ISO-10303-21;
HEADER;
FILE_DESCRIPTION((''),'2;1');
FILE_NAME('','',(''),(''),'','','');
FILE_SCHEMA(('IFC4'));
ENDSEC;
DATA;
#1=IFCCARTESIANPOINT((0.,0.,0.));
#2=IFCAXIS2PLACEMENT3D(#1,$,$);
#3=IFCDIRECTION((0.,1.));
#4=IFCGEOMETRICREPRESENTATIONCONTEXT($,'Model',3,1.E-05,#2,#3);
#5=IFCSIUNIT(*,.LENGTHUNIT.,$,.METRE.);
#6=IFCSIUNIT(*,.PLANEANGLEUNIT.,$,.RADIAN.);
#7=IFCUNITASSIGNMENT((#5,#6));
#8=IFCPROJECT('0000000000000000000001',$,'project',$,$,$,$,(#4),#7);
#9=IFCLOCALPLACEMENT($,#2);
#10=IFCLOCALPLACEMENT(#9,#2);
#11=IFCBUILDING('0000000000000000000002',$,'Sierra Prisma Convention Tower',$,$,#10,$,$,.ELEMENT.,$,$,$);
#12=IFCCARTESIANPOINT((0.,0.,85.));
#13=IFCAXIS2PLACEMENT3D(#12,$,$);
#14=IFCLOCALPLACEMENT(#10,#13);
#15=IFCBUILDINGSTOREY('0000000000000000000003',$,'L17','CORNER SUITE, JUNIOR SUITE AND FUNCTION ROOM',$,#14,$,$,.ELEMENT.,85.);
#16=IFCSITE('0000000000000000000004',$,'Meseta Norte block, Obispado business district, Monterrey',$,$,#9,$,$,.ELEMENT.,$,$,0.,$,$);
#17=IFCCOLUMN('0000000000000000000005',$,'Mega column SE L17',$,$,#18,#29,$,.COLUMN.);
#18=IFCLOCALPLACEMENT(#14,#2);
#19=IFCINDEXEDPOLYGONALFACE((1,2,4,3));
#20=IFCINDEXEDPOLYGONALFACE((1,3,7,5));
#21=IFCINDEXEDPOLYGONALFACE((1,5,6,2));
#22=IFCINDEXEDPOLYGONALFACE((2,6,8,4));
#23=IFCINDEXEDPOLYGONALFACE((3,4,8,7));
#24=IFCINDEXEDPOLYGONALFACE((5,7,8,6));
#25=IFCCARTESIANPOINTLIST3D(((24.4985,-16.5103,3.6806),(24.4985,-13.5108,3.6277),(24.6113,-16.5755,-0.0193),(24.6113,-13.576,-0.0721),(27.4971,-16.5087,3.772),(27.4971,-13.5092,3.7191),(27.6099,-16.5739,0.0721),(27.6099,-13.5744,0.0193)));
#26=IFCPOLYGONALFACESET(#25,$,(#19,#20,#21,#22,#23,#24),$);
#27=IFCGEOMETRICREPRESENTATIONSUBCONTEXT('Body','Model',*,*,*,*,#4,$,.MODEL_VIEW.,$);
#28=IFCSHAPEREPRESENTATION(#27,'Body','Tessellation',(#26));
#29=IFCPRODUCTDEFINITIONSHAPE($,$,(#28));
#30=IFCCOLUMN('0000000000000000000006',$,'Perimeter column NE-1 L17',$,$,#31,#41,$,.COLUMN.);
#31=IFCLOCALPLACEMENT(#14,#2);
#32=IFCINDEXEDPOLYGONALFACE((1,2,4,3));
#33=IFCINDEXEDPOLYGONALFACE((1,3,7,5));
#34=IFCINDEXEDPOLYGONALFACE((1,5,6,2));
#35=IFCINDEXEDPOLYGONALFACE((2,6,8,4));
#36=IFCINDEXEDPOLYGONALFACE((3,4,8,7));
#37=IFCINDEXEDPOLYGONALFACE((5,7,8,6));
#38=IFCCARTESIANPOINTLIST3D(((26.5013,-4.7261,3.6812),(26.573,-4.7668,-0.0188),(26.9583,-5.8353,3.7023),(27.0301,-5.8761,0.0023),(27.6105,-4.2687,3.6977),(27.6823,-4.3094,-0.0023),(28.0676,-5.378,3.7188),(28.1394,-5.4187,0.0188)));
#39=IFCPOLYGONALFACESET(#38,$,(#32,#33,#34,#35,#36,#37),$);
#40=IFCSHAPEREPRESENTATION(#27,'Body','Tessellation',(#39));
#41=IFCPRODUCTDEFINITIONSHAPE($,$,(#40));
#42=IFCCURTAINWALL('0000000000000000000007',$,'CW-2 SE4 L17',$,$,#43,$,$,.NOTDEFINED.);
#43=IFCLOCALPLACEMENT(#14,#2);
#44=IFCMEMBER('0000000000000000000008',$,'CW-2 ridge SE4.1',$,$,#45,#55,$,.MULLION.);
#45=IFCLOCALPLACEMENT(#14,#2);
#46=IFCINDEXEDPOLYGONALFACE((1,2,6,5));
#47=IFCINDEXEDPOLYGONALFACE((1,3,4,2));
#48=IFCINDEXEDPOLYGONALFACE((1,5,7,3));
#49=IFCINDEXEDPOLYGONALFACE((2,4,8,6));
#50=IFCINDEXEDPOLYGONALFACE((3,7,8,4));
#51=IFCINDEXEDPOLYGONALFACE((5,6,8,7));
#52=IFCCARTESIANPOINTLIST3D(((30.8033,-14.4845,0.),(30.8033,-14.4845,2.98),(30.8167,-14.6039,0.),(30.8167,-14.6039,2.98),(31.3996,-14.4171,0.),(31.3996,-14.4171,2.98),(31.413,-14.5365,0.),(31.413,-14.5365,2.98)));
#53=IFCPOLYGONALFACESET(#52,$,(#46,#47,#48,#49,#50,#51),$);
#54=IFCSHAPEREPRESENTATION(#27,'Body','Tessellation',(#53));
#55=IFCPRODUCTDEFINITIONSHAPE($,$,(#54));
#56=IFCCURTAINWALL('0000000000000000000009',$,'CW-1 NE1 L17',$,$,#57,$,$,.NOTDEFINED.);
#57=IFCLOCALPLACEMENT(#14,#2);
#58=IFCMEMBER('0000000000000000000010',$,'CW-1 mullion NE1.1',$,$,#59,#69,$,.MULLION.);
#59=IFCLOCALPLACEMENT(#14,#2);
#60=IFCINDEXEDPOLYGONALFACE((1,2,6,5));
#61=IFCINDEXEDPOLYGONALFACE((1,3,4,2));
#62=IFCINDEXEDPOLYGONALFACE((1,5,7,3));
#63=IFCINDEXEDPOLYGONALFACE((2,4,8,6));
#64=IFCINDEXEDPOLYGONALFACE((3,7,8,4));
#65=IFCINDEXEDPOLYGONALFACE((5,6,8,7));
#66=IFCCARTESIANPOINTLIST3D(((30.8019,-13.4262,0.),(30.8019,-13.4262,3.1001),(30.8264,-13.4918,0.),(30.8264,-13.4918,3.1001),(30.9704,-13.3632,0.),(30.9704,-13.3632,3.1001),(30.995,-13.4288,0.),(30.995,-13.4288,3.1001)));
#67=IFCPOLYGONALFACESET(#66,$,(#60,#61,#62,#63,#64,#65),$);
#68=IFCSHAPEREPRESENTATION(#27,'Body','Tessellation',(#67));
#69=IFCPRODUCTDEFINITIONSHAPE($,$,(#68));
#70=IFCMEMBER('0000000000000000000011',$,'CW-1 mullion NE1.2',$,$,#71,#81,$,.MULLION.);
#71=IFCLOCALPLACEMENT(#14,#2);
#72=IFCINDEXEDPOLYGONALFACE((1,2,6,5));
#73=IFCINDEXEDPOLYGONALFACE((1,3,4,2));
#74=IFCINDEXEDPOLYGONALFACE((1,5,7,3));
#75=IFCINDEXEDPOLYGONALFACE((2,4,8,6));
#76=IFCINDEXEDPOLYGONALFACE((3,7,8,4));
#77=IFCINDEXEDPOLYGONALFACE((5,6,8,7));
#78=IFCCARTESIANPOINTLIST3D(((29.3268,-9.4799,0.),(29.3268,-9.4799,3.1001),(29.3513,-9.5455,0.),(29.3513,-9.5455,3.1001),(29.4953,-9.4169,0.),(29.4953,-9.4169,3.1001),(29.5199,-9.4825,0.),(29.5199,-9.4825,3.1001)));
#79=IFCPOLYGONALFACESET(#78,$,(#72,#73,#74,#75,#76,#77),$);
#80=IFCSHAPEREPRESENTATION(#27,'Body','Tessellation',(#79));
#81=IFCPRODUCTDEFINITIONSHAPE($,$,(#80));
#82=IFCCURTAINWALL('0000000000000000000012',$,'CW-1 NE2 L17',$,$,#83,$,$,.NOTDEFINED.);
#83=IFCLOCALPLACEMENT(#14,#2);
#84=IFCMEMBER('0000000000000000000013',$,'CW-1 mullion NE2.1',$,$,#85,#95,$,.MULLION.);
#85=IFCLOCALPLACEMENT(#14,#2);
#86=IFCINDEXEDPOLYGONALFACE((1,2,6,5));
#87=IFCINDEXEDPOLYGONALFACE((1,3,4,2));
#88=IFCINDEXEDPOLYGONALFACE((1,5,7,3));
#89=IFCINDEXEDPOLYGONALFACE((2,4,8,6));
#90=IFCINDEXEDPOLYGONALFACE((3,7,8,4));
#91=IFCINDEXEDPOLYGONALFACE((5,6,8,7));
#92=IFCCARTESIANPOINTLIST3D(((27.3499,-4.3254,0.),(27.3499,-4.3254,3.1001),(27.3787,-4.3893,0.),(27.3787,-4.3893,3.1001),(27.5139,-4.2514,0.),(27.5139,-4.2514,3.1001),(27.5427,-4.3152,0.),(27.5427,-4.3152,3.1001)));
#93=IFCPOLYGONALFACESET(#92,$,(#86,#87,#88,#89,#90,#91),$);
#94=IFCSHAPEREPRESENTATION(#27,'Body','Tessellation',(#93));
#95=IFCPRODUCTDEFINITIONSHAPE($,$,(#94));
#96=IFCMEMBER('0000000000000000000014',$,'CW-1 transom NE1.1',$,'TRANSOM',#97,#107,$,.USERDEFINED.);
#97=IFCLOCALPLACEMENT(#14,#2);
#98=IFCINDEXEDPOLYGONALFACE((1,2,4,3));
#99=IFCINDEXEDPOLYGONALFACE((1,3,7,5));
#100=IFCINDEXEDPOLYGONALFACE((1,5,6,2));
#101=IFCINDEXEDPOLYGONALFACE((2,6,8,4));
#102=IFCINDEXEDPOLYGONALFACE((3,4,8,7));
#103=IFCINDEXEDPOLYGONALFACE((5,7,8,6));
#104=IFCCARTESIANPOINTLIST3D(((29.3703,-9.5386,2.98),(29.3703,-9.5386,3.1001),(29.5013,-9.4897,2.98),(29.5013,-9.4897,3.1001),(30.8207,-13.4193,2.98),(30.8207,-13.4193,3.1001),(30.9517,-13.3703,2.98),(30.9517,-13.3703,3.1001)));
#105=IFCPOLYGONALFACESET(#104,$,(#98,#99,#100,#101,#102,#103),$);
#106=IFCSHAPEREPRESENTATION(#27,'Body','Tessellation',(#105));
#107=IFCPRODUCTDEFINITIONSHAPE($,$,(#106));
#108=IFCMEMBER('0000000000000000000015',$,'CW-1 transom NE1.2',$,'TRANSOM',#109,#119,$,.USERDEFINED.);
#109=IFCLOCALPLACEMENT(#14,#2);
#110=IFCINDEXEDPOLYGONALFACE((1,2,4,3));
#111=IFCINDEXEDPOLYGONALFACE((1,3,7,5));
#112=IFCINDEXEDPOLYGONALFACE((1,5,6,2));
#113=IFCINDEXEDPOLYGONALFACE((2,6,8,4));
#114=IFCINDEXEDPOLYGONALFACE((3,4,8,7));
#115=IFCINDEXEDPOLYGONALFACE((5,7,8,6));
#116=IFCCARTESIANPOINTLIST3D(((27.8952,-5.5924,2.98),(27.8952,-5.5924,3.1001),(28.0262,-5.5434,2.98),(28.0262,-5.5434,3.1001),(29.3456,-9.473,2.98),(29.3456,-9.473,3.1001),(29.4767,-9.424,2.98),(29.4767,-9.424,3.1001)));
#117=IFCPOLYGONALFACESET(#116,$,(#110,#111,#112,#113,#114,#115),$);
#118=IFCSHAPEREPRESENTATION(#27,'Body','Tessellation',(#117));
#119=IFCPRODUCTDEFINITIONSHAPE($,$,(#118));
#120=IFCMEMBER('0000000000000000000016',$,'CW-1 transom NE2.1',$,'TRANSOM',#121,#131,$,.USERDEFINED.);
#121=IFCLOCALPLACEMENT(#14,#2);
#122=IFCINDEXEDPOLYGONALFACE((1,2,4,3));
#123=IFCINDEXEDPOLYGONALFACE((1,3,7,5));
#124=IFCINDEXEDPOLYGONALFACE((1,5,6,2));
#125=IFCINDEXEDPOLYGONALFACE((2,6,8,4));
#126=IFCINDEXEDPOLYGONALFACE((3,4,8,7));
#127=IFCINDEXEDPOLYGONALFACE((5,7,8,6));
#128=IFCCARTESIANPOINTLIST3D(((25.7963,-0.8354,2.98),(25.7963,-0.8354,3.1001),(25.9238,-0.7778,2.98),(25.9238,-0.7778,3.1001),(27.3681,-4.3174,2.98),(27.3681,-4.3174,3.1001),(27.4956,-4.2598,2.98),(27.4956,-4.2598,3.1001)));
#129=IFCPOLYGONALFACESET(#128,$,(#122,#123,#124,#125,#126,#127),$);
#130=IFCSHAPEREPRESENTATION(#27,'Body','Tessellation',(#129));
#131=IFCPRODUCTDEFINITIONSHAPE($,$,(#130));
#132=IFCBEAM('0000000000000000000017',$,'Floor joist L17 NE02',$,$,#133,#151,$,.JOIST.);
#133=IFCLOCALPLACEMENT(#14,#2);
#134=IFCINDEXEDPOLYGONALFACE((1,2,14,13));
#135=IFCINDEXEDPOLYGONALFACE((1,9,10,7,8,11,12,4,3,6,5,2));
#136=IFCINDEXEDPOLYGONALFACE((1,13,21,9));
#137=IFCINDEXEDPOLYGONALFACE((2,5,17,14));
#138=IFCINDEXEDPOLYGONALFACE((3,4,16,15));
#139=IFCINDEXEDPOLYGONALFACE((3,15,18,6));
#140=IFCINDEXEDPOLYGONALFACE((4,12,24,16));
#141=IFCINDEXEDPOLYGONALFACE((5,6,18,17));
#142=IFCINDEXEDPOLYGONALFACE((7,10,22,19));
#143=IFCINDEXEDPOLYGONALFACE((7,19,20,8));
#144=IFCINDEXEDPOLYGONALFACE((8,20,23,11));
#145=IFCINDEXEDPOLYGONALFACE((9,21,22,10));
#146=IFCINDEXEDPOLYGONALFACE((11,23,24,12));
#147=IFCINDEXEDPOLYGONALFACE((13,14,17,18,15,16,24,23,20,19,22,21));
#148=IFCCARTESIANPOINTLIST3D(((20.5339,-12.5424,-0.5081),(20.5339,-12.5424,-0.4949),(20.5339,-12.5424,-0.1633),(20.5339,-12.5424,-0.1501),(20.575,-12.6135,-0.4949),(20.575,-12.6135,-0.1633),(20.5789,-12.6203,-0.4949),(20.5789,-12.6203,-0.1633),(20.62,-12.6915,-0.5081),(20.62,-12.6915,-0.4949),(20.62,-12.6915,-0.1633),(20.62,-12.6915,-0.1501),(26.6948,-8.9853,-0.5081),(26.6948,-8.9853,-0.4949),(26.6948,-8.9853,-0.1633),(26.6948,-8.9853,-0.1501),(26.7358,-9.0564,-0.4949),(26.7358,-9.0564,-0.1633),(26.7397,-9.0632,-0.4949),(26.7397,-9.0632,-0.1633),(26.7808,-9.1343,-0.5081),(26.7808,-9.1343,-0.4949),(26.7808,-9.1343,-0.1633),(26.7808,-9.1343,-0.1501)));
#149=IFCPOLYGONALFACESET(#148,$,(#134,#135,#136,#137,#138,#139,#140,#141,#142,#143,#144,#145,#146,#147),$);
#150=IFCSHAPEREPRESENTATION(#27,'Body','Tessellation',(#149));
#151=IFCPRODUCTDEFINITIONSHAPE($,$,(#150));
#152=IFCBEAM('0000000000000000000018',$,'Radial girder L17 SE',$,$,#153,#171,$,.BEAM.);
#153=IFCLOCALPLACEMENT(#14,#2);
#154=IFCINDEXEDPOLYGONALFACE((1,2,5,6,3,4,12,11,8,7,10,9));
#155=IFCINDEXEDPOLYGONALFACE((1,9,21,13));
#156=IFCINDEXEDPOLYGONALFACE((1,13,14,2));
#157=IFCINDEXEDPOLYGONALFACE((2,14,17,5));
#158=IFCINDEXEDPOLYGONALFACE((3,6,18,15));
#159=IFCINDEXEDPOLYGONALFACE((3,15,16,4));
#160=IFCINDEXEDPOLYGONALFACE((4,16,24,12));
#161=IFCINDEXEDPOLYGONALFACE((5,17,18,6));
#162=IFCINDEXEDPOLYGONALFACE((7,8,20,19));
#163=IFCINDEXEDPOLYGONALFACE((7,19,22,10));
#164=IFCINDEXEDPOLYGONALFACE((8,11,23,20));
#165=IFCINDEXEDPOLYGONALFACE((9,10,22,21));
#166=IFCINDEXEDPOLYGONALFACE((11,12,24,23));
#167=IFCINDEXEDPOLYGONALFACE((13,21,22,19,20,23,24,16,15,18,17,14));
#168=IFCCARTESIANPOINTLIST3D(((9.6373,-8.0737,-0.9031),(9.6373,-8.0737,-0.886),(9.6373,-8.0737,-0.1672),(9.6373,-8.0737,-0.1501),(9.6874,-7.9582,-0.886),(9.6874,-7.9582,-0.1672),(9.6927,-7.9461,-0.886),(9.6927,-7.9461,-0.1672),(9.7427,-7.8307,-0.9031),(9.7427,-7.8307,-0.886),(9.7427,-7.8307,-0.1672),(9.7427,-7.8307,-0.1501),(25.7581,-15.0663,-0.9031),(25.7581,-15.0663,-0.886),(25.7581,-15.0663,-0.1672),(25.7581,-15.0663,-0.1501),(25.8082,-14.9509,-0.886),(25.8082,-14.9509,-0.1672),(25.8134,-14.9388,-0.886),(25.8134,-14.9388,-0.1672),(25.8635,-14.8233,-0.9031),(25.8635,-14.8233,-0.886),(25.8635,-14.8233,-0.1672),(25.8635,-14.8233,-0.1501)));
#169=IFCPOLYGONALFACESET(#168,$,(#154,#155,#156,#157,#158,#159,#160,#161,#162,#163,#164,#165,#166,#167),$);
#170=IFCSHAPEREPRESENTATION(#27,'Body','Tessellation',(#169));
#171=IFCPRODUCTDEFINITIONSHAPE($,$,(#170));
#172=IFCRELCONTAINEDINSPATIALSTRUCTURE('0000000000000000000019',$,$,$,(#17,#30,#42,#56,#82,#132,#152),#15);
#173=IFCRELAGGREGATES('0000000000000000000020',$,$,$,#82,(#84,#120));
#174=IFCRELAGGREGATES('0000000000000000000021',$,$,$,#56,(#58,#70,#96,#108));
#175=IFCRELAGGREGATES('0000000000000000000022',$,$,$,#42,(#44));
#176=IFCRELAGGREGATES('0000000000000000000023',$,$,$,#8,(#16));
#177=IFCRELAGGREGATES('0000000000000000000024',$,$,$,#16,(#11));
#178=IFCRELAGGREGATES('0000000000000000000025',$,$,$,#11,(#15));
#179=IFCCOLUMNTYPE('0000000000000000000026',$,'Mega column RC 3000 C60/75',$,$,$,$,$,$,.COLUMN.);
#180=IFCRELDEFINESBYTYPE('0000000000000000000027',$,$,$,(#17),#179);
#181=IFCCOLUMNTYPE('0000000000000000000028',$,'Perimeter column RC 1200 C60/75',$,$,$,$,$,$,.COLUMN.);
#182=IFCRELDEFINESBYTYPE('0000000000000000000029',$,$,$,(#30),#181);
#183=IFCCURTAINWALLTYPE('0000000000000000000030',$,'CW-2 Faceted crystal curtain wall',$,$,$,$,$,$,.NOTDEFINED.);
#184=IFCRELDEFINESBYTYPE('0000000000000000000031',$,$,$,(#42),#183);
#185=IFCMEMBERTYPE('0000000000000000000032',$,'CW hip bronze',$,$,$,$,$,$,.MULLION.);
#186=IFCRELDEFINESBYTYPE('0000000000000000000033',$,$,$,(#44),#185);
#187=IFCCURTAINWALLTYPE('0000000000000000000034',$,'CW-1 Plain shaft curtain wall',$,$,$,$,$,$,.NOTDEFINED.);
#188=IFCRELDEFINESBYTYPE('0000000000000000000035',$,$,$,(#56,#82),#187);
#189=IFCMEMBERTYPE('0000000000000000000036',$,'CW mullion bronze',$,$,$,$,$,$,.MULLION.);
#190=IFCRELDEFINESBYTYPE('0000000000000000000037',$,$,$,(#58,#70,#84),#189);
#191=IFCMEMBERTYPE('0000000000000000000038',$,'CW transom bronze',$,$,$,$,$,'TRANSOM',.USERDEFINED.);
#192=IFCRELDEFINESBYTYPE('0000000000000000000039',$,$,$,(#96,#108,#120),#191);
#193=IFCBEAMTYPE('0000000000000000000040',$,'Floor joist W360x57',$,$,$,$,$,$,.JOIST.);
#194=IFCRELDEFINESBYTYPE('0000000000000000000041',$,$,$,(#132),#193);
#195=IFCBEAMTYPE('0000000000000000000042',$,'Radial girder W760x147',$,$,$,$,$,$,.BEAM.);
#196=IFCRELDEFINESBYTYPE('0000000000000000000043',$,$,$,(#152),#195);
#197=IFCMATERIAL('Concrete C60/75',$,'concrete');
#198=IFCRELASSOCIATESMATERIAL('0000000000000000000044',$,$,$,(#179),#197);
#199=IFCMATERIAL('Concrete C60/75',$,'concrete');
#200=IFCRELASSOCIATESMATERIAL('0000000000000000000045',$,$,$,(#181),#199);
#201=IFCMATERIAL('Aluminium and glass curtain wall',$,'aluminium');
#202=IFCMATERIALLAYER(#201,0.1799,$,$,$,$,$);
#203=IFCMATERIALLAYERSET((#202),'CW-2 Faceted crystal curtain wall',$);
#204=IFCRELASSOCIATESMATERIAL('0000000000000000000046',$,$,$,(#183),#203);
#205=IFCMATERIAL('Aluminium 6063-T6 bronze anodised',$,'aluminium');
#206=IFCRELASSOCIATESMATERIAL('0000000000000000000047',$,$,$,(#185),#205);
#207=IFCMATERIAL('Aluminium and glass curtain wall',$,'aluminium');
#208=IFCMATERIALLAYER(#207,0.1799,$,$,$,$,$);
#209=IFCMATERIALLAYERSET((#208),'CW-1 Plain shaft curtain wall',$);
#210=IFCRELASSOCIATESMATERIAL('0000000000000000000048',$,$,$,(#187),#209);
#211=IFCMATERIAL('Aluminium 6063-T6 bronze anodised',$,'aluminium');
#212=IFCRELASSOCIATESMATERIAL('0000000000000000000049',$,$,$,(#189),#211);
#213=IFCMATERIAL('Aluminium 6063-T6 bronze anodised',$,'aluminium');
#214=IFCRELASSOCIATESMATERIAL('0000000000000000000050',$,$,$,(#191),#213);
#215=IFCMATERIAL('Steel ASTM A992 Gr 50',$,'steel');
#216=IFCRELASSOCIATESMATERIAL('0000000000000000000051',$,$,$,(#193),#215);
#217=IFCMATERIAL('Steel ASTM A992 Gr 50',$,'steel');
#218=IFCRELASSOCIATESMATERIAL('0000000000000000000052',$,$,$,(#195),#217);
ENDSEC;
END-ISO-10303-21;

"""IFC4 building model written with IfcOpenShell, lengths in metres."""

from ifc_helpers import new_model, si_unit, direction, frame, origin, origin_2d, place, context, subcontext, project, spatial, rectangle, i_section, extrude, material, layer, layer_set, material_profile, profile_set, type_object, element, aggregate, save


model = new_model("IFC4")

# Units and contexts
model_context = context("Model", 3, precision=1e-05, world=origin(), true_north=direction((0.0, 1.0)))
body_context = subcontext(model_context, "Body", "Model", "MODEL_VIEW")
ifc_project = project(units=[si_unit("LENGTHUNIT", "METRE"), si_unit("PLANEANGLEUNIT", "RADIAN")], contexts=[model_context])

# Site, building, storey
site_placement = place(None, origin())
site = spatial("IfcSite", under=ifc_project, at=site_placement, Name="Meseta Norte block, Obispado business district, Monterrey", CompositionType="ELEMENT", RefElevation=0.0)
building_placement = place(site_placement, origin())
building = spatial("IfcBuilding", under=site, at=building_placement, Name="Sierra Prisma Convention Tower", CompositionType="ELEMENT")
storey_placement = place(building_placement, frame((0.0, 0.0, 85.0)))
storey = spatial("IfcBuildingStorey", under=building, at=storey_placement, Name="L17", Description="CORNER SUITE, JUNIOR SUITE AND FUNCTION ROOM", CompositionType="ELEMENT", Elevation=85.0)

# Columns
ifc_material_1 = material(Name="Concrete C60/75", Category="concrete")
ifc_material_profile_1 = material_profile(ifc_material_1, rectangle(XDim=3.0, YDim=3.0, at=origin_2d()), Name="Mega column RC 3000 C60/75")
ifc_profile_set_1 = profile_set([ifc_material_profile_1], Name="Concrete C60/75")
column_type_1 = type_object("IfcColumnType", Name="Mega column RC 3000 C60/75", PredefinedType="COLUMN", material=ifc_profile_set_1)
column_1_placement = place(storey_placement, frame((26.1106, -15.075, 0.0), z_axis=(-0.030466, 0.017607, 0.999381), x_axis=(0.999536, 0.000537, 0.030461)))
element("IfcColumn", 1, at=column_1_placement, inside=storey, type_object=column_type_1, Name="Mega column SE L17", PredefinedType="COLUMN", context=body_context, shape_type="SweptSolid", body=[
    extrude(rectangle(XDim=3.0, YDim=3.0, at=origin_2d()), origin(), (0.0, 0.0, 1.0), 3.7021),
])
ifc_material_2 = material(Name="Concrete C60/75", Category="concrete")
ifc_material_profile_2 = material_profile(ifc_material_2, rectangle(XDim=1.2, YDim=1.2, at=origin_2d()), Name="Perimeter column RC 1200 C60/75")
ifc_profile_set_2 = profile_set([ifc_material_profile_2], Name="Concrete C60/75")
column_type_2 = type_object("IfcColumnType", Name="Perimeter column RC 1200 C60/75", PredefinedType="COLUMN", material=ifc_profile_set_2)
column_2_placement = place(storey_placement, frame((27.3562, -5.0928, 0.0), z_axis=(-0.019395, 0.011017, 0.999751), x_axis=(-0.380923, 0.92444, -0.017577)))
element("IfcColumn", 2, at=column_2_placement, inside=storey, type_object=column_type_2, Name="Perimeter column NE-1 L17", PredefinedType="COLUMN", context=body_context, shape_type="SweptSolid", body=[
    extrude(rectangle(XDim=1.2, YDim=1.2, at=origin_2d()), origin(), (0.0, 0.0, 1.0), 3.7009),
])

# Curtain wall, member
ifc_material_3 = material(Name="Aluminium and glass curtain wall", Category="aluminium")
ifc_layer_1 = layer(ifc_material_3, 0.1799)
ifc_layer_set_1 = layer_set([ifc_layer_1], Name="CW-2 Faceted crystal curtain wall")
curtain_wall_type_1 = type_object("IfcCurtainWallType", Name="CW-2 Faceted crystal curtain wall", PredefinedType="NOTDEFINED", material=ifc_layer_set_1)
curtain_wall_1_placement = place(storey_placement, origin())
curtain_wall_1 = element("IfcCurtainWall", 3, at=curtain_wall_1_placement, inside=storey, type_object=curtain_wall_type_1, Name="CW-2 SE4 L17", PredefinedType="NOTDEFINED")
ifc_material_4 = material(Name="Aluminium 6063-T6 bronze anodised", Category="aluminium")
ifc_material_profile_3 = material_profile(ifc_material_4, rectangle(XDim=0.1201, YDim=0.6001, at=origin_2d()), Name="ALU RIDGE BLADE 120x600")
ifc_profile_set_3 = profile_set([ifc_material_profile_3], Name="Aluminium 6063-T6 bronze anodised")
member_type_1 = type_object("IfcMemberType", Name="CW hip bronze", PredefinedType="MULLION", material=ifc_profile_set_3)
member_1_placement = place(storey_placement, frame((31.1082, -14.5105, 0.0), z_axis=(0.0, 0.0, 1.0), x_axis=(-0.112244, 0.993681, 0.0)))
member_1 = element("IfcMember", 4, at=member_1_placement, type_object=member_type_1, Name="CW-2 ridge SE4.1", PredefinedType="MULLION", context=body_context, shape_type="SweptSolid", body=[
    extrude(rectangle(XDim=0.1201, YDim=0.6001, at=origin_2d()), origin(), (0.0, 0.0, 1.0), 2.98),
])

# Curtain wall, members
ifc_material_5 = material(Name="Aluminium and glass curtain wall", Category="aluminium")
ifc_layer_2 = layer(ifc_material_5, 0.1799)
ifc_layer_set_2 = layer_set([ifc_layer_2], Name="CW-1 Plain shaft curtain wall")
curtain_wall_type_2 = type_object("IfcCurtainWallType", Name="CW-1 Plain shaft curtain wall", PredefinedType="NOTDEFINED", material=ifc_layer_set_2)
curtain_wall_2_placement = place(storey_placement, origin())
curtain_wall_2 = element("IfcCurtainWall", 5, at=curtain_wall_2_placement, inside=storey, type_object=curtain_wall_type_2, Name="CW-1 NE1 L17", PredefinedType="NOTDEFINED")
ifc_material_6 = material(Name="Aluminium 6063-T6 bronze anodised", Category="aluminium")
ifc_material_profile_4 = material_profile(ifc_material_6, rectangle(XDim=0.1799, YDim=0.0701, at=origin_2d()), Name="ALU MULLION 70x180")
ifc_profile_set_4 = profile_set([ifc_material_profile_4], Name="Aluminium 6063-T6 bronze anodised")
member_type_2 = type_object("IfcMemberType", Name="CW mullion bronze", PredefinedType="MULLION", material=ifc_profile_set_4)
member_2_placement = place(storey_placement, frame((30.8984, -13.4275, 0.0), z_axis=(0.0, 0.0, 1.0), x_axis=(-0.936708, -0.350111, 0.0)))
member_2 = element("IfcMember", 6, at=member_2_placement, type_object=member_type_2, Name="CW-1 mullion NE1.1", PredefinedType="MULLION", context=body_context, shape_type="SweptSolid", body=[
    extrude(rectangle(XDim=0.1799, YDim=0.0701, at=origin_2d()), origin(), (0.0, 0.0, 1.0), 3.1001),
])
member_3_placement = place(storey_placement, frame((29.4233, -9.4812, 0.0), z_axis=(0.0, 0.0, 1.0), x_axis=(-0.936708, -0.350111, 0.0)))
member_3 = element("IfcMember", 7, at=member_3_placement, type_object=member_type_2, Name="CW-1 mullion NE1.2", PredefinedType="MULLION", context=body_context, shape_type="SweptSolid", body=[
    extrude(rectangle(XDim=0.1799, YDim=0.0701, at=origin_2d()), origin(), (0.0, 0.0, 1.0), 3.1001),
])

# Curtain wall, member
curtain_wall_3_placement = place(storey_placement, origin())
curtain_wall_3 = element("IfcCurtainWall", 8, at=curtain_wall_3_placement, inside=storey, type_object=curtain_wall_type_2, Name="CW-1 NE2 L17", PredefinedType="NOTDEFINED")
member_4_placement = place(storey_placement, frame((27.4463, -4.3203, 0.0), z_axis=(0.0, 0.0, 1.0), x_axis=(-0.911429, -0.411458, 0.0)))
member_4 = element("IfcMember", 9, at=member_4_placement, type_object=member_type_2, Name="CW-1 mullion NE2.1", PredefinedType="MULLION", context=body_context, shape_type="SweptSolid", body=[
    extrude(rectangle(XDim=0.1799, YDim=0.0701, at=origin_2d()), origin(), (0.0, 0.0, 1.0), 3.1001),
])

# Members
ifc_material_7 = material(Name="Aluminium 6063-T6 bronze anodised", Category="aluminium")
ifc_material_profile_5 = material_profile(ifc_material_7, rectangle(XDim=0.1399, YDim=0.1201, at=origin_2d()), Name="ALU TRANSOM 120x140")
ifc_profile_set_5 = profile_set([ifc_material_profile_5], Name="Aluminium 6063-T6 bronze anodised")
member_type_3 = type_object("IfcMemberType", Name="CW transom bronze", ElementType="TRANSOM", PredefinedType="USERDEFINED", material=ifc_profile_set_5)
member_5_placement = place(storey_placement, frame((30.8862, -13.3948, 3.04), z_axis=(-0.350109, 0.936709, 0.0), x_axis=(-0.936709, -0.350109, 0.0)))
member_5 = element("IfcMember", 10, at=member_5_placement, type_object=member_type_3, Name="CW-1 transom NE1.1", ObjectType="TRANSOM", PredefinedType="USERDEFINED", context=body_context, shape_type="SweptSolid", body=[
    extrude(rectangle(XDim=0.1399, YDim=0.1201, at=origin_2d()), origin(), (0.0, 0.0, 1.0), 4.1428),
])
member_6_placement = place(storey_placement, frame((29.4111, -9.4485, 3.04), z_axis=(-0.350109, 0.936709, 0.0), x_axis=(-0.936709, -0.350109, 0.0)))
member_6 = element("IfcMember", 11, at=member_6_placement, type_object=member_type_3, Name="CW-1 transom NE1.2", ObjectType="TRANSOM", PredefinedType="USERDEFINED", context=body_context, shape_type="SweptSolid", body=[
    extrude(rectangle(XDim=0.1399, YDim=0.1201, at=origin_2d()), origin(), (0.0, 0.0, 1.0), 4.1428),
])
member_7_placement = place(storey_placement, frame((27.4319, -4.2886, 3.04), z_axis=(-0.411433, 0.91144, 0.0), x_axis=(-0.91144, -0.411433, 0.0)))
member_7 = element("IfcMember", 12, at=member_7_placement, type_object=member_type_3, Name="CW-1 transom NE2.1", ObjectType="TRANSOM", PredefinedType="USERDEFINED", context=body_context, shape_type="SweptSolid", body=[
    extrude(rectangle(XDim=0.1399, YDim=0.1201, at=origin_2d()), origin(), (0.0, 0.0, 1.0), 3.8203),
])
aggregate(curtain_wall_3, [member_4, member_7])

# Beams
ifc_material_8 = material(Name="Steel ASTM A992 Gr 50", Category="steel")
ifc_material_profile_6 = material_profile(ifc_material_8, i_section(OverallWidth=0.1721, OverallDepth=0.3579, WebThickness=0.0078, FlangeThickness=0.0132, at=origin_2d()), Name="W360x57")
ifc_profile_set_6 = profile_set([ifc_material_profile_6], Name="Steel ASTM A992 Gr 50")
beam_type_1 = type_object("IfcBeamType", Name="Floor joist W360x57", PredefinedType="JOIST", material=ifc_profile_set_6)
beam_1_placement = place(storey_placement, frame((26.7378, -9.0598, -0.3291), z_axis=(-0.866017, -0.500015, 0.0), x_axis=(0.500015, -0.866017, 0.0)))
element("IfcBeam", 13, at=beam_1_placement, inside=storey, type_object=beam_type_1, Name="Floor joist L17 NE02", PredefinedType="JOIST", context=body_context, shape_type="SweptSolid", body=[
    extrude(i_section(OverallWidth=0.1721, OverallDepth=0.3579, WebThickness=0.0078, FlangeThickness=0.0132, at=origin_2d()), origin(), (0.0, 0.0, 1.0), 7.114),
])
ifc_material_9 = material(Name="Steel ASTM A992 Gr 50", Category="steel")
ifc_material_profile_7 = material_profile(ifc_material_9, i_section(OverallWidth=0.2649, OverallDepth=0.7529, WebThickness=0.0132, FlangeThickness=0.0171, at=origin_2d()), Name="W760x147")
ifc_profile_set_7 = profile_set([ifc_material_profile_7], Name="Steel ASTM A992 Gr 50")
beam_type_2 = type_object("IfcBeamType", Name="Radial girder W760x147", PredefinedType="BEAM", material=ifc_profile_set_7)
beam_2_placement = place(storey_placement, frame((25.8108, -14.9448, -0.5266), z_axis=(-0.917411, 0.397942, 0.0), x_axis=(-0.397942, -0.917411, 0.0)))
element("IfcBeam", 14, at=beam_2_placement, inside=storey, type_object=beam_type_2, Name="Radial girder L17 SE", PredefinedType="BEAM", context=body_context, shape_type="SweptSolid", body=[
    extrude(i_section(OverallWidth=0.2649, OverallDepth=0.7529, WebThickness=0.0132, FlangeThickness=0.0171, at=origin_2d()), origin(), (0.0, 0.0, 1.0), 17.572),
])

aggregate(curtain_wall_2, [member_2, member_3, member_5, member_6])
aggregate(curtain_wall_1, [member_1])

save(model, "model.ifc")
